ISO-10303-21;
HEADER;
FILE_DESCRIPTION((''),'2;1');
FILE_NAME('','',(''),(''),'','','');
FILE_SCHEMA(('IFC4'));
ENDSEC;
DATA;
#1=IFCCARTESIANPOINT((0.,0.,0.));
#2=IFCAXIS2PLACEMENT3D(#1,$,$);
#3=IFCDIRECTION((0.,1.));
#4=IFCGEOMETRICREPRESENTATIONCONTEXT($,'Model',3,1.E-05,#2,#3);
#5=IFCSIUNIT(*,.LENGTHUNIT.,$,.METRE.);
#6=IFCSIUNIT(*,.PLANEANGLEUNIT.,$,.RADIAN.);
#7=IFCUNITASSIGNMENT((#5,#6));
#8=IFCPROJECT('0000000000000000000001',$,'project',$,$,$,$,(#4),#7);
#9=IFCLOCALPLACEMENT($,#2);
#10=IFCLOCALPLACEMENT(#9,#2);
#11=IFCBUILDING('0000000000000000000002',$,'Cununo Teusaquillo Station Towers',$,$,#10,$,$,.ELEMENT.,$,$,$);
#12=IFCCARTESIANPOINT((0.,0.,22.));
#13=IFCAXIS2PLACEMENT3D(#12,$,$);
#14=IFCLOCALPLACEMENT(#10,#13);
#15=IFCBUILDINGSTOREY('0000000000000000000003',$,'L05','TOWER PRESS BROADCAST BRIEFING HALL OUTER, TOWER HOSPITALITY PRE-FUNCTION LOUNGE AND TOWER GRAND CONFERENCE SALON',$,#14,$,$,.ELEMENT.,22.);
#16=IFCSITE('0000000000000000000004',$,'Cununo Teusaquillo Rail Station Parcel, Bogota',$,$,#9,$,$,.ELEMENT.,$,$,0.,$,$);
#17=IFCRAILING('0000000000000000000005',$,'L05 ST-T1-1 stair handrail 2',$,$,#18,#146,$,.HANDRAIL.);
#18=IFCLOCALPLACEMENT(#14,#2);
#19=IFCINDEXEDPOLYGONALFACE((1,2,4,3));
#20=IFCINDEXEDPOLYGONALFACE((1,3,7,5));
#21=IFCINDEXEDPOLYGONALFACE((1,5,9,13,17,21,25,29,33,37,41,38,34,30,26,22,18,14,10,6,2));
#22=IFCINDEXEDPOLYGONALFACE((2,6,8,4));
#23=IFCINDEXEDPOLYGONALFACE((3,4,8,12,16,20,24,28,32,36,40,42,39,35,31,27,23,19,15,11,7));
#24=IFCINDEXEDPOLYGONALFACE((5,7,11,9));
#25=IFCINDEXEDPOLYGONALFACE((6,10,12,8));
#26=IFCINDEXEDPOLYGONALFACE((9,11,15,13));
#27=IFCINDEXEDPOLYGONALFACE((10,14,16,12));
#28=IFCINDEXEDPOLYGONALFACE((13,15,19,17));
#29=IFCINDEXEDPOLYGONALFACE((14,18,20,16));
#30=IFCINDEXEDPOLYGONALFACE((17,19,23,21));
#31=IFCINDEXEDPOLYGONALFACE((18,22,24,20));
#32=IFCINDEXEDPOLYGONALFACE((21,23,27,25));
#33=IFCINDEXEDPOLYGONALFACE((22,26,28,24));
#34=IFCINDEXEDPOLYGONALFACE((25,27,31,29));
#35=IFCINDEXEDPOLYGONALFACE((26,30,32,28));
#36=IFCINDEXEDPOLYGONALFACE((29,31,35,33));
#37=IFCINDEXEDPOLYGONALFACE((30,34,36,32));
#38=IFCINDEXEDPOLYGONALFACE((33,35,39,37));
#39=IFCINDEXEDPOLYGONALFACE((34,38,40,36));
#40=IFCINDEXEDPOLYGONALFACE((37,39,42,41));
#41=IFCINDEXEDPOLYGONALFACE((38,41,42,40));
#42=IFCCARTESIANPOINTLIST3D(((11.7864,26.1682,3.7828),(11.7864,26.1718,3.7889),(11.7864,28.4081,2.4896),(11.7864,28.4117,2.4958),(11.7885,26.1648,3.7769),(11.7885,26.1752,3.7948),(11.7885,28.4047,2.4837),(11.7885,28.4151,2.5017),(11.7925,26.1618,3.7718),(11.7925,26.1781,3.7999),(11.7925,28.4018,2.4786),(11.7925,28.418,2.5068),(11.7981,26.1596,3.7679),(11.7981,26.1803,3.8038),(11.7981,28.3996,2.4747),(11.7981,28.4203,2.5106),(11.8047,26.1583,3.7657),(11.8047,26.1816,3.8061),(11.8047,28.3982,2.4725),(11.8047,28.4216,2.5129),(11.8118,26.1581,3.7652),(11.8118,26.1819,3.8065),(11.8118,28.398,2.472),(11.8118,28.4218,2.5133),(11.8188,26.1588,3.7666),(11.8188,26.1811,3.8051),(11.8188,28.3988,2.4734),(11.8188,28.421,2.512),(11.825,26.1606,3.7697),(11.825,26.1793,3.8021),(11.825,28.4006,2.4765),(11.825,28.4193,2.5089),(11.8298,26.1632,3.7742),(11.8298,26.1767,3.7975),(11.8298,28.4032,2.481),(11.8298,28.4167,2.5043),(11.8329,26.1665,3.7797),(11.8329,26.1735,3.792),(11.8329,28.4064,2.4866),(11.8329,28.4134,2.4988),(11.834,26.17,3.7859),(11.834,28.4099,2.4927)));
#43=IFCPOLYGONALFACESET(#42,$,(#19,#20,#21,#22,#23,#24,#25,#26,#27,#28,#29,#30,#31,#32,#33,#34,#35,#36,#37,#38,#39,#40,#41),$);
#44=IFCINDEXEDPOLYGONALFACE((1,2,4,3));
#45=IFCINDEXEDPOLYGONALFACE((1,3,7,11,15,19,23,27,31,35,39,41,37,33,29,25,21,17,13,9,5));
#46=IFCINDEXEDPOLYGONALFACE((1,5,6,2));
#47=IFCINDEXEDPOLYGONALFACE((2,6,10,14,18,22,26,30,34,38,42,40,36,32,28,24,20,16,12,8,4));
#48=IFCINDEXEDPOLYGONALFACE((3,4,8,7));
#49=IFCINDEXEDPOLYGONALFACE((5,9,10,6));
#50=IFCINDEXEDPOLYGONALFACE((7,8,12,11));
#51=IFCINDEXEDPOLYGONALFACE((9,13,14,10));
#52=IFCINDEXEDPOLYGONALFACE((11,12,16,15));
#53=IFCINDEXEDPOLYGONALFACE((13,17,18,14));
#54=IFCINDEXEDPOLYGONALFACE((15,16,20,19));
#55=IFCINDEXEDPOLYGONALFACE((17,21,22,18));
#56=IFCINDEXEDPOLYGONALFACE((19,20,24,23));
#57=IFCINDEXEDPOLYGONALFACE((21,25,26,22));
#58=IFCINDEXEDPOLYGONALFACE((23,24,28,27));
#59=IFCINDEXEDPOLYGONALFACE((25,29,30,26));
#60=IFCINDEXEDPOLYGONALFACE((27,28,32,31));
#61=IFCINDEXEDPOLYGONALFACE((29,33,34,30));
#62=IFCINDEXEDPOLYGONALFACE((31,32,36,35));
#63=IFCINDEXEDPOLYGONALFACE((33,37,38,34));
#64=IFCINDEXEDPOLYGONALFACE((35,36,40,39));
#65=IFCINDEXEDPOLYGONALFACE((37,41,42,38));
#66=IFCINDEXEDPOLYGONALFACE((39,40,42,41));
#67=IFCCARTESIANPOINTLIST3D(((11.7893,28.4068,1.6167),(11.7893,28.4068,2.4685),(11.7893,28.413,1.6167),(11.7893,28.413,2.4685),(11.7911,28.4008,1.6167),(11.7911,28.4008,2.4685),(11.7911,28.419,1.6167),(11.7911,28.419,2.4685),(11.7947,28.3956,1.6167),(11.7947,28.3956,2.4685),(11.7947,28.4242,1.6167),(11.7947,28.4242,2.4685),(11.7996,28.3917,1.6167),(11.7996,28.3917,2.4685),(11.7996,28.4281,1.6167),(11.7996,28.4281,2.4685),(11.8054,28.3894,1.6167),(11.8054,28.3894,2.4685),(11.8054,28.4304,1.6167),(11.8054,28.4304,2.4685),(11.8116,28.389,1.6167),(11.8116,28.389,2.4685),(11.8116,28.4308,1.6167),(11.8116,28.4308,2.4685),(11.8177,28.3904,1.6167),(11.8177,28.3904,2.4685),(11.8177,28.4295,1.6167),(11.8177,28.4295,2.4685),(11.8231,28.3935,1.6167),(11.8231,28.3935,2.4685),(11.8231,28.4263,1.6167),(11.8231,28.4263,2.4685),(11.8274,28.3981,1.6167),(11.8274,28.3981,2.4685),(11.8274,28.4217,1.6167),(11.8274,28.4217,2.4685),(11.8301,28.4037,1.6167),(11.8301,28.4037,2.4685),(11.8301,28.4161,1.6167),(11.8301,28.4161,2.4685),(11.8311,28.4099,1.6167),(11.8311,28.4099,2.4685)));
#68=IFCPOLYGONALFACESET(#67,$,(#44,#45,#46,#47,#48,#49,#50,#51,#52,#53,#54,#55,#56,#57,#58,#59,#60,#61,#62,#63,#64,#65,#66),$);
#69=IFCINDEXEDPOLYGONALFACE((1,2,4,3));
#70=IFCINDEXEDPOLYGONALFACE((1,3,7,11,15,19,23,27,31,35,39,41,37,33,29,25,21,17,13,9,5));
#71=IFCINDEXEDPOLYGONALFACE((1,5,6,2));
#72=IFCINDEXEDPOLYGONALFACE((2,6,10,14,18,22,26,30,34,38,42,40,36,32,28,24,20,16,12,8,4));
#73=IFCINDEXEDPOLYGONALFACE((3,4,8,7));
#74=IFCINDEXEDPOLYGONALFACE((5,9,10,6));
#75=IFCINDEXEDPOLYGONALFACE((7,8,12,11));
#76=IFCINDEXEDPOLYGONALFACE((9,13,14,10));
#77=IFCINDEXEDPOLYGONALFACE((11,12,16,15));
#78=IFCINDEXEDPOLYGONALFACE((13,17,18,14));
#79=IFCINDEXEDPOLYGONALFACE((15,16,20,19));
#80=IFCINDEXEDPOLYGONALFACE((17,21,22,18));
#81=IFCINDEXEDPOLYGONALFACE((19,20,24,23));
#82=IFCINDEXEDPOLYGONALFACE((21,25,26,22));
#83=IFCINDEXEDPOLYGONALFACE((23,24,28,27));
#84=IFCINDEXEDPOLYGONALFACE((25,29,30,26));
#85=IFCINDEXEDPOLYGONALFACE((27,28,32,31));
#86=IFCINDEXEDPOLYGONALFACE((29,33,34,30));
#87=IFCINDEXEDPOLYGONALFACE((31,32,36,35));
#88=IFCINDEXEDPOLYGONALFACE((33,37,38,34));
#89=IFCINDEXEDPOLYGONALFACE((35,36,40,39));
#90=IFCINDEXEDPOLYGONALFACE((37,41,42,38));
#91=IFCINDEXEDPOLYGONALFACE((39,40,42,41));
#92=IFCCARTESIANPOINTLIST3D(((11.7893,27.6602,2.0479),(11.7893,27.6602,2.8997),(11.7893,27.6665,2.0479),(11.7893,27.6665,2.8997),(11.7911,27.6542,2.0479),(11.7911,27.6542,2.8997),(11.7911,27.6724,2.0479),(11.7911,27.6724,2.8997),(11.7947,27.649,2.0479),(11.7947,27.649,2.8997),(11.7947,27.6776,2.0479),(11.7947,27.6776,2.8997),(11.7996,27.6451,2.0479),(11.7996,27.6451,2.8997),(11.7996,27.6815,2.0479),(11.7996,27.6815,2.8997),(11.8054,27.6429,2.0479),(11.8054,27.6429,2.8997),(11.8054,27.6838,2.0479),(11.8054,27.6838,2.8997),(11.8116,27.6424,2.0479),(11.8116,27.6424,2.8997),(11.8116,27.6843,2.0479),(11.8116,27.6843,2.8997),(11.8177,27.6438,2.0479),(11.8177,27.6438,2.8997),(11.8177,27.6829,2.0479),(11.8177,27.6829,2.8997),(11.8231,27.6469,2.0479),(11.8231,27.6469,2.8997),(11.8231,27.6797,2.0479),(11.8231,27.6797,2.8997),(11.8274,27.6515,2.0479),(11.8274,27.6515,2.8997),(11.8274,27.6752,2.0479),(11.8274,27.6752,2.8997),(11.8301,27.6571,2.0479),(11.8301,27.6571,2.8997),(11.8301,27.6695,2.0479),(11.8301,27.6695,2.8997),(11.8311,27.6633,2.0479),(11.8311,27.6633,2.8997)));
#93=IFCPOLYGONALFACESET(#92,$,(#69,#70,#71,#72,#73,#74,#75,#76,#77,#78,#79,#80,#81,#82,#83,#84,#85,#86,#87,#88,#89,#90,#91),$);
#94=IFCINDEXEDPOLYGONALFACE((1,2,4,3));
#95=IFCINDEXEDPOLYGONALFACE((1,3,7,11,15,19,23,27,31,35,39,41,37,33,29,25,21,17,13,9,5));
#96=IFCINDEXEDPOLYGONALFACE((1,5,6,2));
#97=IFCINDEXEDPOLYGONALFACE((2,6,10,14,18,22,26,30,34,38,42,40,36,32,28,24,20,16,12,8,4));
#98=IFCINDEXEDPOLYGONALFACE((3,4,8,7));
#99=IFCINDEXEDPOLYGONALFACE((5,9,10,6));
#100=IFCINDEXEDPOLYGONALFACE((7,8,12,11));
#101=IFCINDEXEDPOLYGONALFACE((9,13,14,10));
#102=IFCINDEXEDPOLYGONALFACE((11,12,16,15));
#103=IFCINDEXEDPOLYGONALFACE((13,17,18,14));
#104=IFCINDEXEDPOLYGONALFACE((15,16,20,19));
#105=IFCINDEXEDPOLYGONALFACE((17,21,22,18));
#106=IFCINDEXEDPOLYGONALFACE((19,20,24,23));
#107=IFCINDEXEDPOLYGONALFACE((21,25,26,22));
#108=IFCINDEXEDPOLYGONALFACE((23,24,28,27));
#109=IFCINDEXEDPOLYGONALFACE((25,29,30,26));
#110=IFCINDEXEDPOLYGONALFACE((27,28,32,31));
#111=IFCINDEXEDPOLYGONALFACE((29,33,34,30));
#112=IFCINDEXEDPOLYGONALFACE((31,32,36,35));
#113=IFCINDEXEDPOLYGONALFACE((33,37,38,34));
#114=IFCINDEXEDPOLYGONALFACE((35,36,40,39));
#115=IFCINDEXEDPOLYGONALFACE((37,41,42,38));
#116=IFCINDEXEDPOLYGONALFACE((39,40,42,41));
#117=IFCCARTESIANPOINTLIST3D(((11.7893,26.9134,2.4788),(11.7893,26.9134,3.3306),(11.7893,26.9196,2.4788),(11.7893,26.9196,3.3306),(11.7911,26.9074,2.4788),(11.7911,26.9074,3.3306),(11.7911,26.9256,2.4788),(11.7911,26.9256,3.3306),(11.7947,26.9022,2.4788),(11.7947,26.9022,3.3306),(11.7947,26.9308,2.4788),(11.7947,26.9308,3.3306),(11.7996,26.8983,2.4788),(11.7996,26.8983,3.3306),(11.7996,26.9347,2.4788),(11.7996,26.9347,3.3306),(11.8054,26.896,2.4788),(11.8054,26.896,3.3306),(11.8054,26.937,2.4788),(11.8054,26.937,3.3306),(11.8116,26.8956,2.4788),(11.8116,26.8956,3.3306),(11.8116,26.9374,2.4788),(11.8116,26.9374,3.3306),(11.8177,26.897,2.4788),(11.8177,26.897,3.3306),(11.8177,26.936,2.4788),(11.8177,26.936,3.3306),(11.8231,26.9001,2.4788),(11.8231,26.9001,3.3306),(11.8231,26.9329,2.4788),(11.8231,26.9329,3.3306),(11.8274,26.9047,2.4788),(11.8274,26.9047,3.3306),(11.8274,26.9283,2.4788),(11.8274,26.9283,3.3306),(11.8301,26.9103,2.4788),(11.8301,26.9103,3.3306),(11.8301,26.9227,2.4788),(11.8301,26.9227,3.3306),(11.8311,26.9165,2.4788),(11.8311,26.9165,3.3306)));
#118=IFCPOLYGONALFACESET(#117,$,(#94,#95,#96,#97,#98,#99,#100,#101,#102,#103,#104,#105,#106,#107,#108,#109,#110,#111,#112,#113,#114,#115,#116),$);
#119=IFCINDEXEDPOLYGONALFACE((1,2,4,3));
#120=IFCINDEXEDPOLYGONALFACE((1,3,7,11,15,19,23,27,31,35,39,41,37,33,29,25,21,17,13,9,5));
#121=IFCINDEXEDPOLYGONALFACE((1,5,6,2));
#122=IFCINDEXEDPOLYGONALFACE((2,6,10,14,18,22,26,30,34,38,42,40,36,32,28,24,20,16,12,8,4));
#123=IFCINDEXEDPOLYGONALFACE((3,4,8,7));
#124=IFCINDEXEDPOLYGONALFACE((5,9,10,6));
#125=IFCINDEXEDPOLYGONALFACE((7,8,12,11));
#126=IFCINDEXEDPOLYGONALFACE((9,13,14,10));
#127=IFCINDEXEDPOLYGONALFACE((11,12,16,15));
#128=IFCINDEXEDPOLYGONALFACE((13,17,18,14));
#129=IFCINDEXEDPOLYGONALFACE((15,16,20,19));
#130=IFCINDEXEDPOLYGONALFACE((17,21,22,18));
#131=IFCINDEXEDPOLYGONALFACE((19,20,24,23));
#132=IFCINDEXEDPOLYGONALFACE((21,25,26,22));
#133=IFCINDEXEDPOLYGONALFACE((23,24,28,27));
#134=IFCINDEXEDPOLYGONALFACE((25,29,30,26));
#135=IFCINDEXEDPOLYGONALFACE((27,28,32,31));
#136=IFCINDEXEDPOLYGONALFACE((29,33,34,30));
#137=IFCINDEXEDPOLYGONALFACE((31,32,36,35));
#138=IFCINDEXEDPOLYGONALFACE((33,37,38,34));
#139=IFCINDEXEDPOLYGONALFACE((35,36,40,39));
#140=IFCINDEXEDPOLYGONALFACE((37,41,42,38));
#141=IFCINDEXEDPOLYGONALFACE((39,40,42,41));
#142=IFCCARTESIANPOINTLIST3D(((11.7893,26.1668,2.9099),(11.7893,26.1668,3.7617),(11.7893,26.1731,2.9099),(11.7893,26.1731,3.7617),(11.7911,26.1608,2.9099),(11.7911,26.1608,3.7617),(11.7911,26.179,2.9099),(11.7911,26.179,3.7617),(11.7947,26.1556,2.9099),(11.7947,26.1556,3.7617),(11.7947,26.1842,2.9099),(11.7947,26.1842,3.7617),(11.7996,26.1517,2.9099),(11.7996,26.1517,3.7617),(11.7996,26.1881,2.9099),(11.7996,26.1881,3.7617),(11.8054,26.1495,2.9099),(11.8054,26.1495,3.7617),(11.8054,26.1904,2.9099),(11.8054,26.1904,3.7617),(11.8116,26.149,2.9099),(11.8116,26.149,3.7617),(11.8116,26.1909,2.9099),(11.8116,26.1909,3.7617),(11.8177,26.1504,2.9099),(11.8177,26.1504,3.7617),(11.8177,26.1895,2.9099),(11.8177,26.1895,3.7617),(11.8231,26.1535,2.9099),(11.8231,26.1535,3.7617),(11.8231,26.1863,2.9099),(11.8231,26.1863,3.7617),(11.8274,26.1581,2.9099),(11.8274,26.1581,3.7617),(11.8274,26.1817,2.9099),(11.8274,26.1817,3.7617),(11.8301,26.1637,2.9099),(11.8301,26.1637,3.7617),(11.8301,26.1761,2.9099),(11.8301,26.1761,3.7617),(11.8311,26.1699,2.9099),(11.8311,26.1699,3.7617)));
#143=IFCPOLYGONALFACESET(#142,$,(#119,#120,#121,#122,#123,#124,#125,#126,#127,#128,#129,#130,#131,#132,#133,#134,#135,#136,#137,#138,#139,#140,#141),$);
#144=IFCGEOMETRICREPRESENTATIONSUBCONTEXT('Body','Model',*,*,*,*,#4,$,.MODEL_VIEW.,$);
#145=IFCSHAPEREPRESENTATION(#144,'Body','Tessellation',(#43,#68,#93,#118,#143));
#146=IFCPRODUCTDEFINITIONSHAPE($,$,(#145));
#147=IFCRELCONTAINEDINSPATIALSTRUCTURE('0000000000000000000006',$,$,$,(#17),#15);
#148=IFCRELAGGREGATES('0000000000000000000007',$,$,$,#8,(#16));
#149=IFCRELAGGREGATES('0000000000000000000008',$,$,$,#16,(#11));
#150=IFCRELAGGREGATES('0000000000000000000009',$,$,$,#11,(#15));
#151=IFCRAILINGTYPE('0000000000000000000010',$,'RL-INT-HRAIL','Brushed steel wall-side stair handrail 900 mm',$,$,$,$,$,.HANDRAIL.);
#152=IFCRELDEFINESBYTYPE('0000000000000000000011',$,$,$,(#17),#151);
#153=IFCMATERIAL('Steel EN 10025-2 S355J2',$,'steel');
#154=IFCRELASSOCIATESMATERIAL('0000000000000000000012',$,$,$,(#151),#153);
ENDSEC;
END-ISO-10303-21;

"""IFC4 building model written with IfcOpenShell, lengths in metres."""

from ifc_helpers import new_model, si_unit, direction, frame, origin, origin_2d, place, context, subcontext, project, spatial, circle, extrude, material, type_object, element, save


model = new_model("IFC4")

# Units and contexts
model_context = context("Model", 3, precision=1e-05, world=origin(), true_north=direction((0.0, 1.0)))
body_context = subcontext(model_context, "Body", "Model", "MODEL_VIEW")
ifc_project = project(units=[si_unit("LENGTHUNIT", "METRE"), si_unit("PLANEANGLEUNIT", "RADIAN")], contexts=[model_context])

# Site, building, storey
site_placement = place(None, origin())
site = spatial("IfcSite", under=ifc_project, at=site_placement, Name="Cununo Teusaquillo Rail Station Parcel, Bogota", CompositionType="ELEMENT", RefElevation=0.0)
building_placement = place(site_placement, origin())
building = spatial("IfcBuilding", under=site, at=building_placement, Name="Cununo Teusaquillo Station Towers", CompositionType="ELEMENT")
storey_placement = place(building_placement, frame((0.0, 0.0, 22.0)))
storey = spatial("IfcBuildingStorey", under=building, at=storey_placement, Name="L05", Description="TOWER PRESS BROADCAST BRIEFING HALL OUTER, TOWER HOSPITALITY PRE-FUNCTION LOUNGE AND TOWER GRAND CONFERENCE SALON", CompositionType="ELEMENT", Elevation=22.0)

# Railing
ifc_material_1 = material(Name="Steel EN 10025-2 S355J2", Category="steel")
railing_type_1 = type_object("IfcRailingType", Name="RL-INT-HRAIL", Description="Brushed steel wall-side stair handrail 900 mm", PredefinedType="HANDRAIL", material=ifc_material_1)
railing_1_placement = place(storey_placement, frame((11.8101, 28.4099, 1.6167)))
element("IfcRailing", 1, at=railing_1_placement, inside=storey, type_object=railing_type_1, Name="L05 ST-T1-1 stair handrail 2", PredefinedType="HANDRAIL", context=body_context, shape_type="SweptSolid", body=[
    extrude(circle(Radius=0.0239, at=origin_2d()), frame((0.0, 0.0, 0.876), z_axis=(0.0, -0.866033, 0.499987), x_axis=(1.0, 0.0, 0.0)), (0.0, 0.0, 1.0), 2.5864),
    extrude(circle(Radius=0.021, at=origin_2d()), origin(), (0.0, 0.0, 1.0), 0.8518),
    extrude(circle(Radius=0.021, at=origin_2d()), frame((0.0, -0.7466, 0.4312)), (0.0, 0.0, 1.0), 0.8518),
    extrude(circle(Radius=0.021, at=origin_2d()), frame((0.0, -1.4934, 0.8621)), (0.0, 0.0, 1.0), 0.8518),
    extrude(circle(Radius=0.021, at=origin_2d()), frame((0.0, -2.24, 1.2932)), (0.0, 0.0, 1.0), 0.8518),
])

save(model, "model.ifc")
